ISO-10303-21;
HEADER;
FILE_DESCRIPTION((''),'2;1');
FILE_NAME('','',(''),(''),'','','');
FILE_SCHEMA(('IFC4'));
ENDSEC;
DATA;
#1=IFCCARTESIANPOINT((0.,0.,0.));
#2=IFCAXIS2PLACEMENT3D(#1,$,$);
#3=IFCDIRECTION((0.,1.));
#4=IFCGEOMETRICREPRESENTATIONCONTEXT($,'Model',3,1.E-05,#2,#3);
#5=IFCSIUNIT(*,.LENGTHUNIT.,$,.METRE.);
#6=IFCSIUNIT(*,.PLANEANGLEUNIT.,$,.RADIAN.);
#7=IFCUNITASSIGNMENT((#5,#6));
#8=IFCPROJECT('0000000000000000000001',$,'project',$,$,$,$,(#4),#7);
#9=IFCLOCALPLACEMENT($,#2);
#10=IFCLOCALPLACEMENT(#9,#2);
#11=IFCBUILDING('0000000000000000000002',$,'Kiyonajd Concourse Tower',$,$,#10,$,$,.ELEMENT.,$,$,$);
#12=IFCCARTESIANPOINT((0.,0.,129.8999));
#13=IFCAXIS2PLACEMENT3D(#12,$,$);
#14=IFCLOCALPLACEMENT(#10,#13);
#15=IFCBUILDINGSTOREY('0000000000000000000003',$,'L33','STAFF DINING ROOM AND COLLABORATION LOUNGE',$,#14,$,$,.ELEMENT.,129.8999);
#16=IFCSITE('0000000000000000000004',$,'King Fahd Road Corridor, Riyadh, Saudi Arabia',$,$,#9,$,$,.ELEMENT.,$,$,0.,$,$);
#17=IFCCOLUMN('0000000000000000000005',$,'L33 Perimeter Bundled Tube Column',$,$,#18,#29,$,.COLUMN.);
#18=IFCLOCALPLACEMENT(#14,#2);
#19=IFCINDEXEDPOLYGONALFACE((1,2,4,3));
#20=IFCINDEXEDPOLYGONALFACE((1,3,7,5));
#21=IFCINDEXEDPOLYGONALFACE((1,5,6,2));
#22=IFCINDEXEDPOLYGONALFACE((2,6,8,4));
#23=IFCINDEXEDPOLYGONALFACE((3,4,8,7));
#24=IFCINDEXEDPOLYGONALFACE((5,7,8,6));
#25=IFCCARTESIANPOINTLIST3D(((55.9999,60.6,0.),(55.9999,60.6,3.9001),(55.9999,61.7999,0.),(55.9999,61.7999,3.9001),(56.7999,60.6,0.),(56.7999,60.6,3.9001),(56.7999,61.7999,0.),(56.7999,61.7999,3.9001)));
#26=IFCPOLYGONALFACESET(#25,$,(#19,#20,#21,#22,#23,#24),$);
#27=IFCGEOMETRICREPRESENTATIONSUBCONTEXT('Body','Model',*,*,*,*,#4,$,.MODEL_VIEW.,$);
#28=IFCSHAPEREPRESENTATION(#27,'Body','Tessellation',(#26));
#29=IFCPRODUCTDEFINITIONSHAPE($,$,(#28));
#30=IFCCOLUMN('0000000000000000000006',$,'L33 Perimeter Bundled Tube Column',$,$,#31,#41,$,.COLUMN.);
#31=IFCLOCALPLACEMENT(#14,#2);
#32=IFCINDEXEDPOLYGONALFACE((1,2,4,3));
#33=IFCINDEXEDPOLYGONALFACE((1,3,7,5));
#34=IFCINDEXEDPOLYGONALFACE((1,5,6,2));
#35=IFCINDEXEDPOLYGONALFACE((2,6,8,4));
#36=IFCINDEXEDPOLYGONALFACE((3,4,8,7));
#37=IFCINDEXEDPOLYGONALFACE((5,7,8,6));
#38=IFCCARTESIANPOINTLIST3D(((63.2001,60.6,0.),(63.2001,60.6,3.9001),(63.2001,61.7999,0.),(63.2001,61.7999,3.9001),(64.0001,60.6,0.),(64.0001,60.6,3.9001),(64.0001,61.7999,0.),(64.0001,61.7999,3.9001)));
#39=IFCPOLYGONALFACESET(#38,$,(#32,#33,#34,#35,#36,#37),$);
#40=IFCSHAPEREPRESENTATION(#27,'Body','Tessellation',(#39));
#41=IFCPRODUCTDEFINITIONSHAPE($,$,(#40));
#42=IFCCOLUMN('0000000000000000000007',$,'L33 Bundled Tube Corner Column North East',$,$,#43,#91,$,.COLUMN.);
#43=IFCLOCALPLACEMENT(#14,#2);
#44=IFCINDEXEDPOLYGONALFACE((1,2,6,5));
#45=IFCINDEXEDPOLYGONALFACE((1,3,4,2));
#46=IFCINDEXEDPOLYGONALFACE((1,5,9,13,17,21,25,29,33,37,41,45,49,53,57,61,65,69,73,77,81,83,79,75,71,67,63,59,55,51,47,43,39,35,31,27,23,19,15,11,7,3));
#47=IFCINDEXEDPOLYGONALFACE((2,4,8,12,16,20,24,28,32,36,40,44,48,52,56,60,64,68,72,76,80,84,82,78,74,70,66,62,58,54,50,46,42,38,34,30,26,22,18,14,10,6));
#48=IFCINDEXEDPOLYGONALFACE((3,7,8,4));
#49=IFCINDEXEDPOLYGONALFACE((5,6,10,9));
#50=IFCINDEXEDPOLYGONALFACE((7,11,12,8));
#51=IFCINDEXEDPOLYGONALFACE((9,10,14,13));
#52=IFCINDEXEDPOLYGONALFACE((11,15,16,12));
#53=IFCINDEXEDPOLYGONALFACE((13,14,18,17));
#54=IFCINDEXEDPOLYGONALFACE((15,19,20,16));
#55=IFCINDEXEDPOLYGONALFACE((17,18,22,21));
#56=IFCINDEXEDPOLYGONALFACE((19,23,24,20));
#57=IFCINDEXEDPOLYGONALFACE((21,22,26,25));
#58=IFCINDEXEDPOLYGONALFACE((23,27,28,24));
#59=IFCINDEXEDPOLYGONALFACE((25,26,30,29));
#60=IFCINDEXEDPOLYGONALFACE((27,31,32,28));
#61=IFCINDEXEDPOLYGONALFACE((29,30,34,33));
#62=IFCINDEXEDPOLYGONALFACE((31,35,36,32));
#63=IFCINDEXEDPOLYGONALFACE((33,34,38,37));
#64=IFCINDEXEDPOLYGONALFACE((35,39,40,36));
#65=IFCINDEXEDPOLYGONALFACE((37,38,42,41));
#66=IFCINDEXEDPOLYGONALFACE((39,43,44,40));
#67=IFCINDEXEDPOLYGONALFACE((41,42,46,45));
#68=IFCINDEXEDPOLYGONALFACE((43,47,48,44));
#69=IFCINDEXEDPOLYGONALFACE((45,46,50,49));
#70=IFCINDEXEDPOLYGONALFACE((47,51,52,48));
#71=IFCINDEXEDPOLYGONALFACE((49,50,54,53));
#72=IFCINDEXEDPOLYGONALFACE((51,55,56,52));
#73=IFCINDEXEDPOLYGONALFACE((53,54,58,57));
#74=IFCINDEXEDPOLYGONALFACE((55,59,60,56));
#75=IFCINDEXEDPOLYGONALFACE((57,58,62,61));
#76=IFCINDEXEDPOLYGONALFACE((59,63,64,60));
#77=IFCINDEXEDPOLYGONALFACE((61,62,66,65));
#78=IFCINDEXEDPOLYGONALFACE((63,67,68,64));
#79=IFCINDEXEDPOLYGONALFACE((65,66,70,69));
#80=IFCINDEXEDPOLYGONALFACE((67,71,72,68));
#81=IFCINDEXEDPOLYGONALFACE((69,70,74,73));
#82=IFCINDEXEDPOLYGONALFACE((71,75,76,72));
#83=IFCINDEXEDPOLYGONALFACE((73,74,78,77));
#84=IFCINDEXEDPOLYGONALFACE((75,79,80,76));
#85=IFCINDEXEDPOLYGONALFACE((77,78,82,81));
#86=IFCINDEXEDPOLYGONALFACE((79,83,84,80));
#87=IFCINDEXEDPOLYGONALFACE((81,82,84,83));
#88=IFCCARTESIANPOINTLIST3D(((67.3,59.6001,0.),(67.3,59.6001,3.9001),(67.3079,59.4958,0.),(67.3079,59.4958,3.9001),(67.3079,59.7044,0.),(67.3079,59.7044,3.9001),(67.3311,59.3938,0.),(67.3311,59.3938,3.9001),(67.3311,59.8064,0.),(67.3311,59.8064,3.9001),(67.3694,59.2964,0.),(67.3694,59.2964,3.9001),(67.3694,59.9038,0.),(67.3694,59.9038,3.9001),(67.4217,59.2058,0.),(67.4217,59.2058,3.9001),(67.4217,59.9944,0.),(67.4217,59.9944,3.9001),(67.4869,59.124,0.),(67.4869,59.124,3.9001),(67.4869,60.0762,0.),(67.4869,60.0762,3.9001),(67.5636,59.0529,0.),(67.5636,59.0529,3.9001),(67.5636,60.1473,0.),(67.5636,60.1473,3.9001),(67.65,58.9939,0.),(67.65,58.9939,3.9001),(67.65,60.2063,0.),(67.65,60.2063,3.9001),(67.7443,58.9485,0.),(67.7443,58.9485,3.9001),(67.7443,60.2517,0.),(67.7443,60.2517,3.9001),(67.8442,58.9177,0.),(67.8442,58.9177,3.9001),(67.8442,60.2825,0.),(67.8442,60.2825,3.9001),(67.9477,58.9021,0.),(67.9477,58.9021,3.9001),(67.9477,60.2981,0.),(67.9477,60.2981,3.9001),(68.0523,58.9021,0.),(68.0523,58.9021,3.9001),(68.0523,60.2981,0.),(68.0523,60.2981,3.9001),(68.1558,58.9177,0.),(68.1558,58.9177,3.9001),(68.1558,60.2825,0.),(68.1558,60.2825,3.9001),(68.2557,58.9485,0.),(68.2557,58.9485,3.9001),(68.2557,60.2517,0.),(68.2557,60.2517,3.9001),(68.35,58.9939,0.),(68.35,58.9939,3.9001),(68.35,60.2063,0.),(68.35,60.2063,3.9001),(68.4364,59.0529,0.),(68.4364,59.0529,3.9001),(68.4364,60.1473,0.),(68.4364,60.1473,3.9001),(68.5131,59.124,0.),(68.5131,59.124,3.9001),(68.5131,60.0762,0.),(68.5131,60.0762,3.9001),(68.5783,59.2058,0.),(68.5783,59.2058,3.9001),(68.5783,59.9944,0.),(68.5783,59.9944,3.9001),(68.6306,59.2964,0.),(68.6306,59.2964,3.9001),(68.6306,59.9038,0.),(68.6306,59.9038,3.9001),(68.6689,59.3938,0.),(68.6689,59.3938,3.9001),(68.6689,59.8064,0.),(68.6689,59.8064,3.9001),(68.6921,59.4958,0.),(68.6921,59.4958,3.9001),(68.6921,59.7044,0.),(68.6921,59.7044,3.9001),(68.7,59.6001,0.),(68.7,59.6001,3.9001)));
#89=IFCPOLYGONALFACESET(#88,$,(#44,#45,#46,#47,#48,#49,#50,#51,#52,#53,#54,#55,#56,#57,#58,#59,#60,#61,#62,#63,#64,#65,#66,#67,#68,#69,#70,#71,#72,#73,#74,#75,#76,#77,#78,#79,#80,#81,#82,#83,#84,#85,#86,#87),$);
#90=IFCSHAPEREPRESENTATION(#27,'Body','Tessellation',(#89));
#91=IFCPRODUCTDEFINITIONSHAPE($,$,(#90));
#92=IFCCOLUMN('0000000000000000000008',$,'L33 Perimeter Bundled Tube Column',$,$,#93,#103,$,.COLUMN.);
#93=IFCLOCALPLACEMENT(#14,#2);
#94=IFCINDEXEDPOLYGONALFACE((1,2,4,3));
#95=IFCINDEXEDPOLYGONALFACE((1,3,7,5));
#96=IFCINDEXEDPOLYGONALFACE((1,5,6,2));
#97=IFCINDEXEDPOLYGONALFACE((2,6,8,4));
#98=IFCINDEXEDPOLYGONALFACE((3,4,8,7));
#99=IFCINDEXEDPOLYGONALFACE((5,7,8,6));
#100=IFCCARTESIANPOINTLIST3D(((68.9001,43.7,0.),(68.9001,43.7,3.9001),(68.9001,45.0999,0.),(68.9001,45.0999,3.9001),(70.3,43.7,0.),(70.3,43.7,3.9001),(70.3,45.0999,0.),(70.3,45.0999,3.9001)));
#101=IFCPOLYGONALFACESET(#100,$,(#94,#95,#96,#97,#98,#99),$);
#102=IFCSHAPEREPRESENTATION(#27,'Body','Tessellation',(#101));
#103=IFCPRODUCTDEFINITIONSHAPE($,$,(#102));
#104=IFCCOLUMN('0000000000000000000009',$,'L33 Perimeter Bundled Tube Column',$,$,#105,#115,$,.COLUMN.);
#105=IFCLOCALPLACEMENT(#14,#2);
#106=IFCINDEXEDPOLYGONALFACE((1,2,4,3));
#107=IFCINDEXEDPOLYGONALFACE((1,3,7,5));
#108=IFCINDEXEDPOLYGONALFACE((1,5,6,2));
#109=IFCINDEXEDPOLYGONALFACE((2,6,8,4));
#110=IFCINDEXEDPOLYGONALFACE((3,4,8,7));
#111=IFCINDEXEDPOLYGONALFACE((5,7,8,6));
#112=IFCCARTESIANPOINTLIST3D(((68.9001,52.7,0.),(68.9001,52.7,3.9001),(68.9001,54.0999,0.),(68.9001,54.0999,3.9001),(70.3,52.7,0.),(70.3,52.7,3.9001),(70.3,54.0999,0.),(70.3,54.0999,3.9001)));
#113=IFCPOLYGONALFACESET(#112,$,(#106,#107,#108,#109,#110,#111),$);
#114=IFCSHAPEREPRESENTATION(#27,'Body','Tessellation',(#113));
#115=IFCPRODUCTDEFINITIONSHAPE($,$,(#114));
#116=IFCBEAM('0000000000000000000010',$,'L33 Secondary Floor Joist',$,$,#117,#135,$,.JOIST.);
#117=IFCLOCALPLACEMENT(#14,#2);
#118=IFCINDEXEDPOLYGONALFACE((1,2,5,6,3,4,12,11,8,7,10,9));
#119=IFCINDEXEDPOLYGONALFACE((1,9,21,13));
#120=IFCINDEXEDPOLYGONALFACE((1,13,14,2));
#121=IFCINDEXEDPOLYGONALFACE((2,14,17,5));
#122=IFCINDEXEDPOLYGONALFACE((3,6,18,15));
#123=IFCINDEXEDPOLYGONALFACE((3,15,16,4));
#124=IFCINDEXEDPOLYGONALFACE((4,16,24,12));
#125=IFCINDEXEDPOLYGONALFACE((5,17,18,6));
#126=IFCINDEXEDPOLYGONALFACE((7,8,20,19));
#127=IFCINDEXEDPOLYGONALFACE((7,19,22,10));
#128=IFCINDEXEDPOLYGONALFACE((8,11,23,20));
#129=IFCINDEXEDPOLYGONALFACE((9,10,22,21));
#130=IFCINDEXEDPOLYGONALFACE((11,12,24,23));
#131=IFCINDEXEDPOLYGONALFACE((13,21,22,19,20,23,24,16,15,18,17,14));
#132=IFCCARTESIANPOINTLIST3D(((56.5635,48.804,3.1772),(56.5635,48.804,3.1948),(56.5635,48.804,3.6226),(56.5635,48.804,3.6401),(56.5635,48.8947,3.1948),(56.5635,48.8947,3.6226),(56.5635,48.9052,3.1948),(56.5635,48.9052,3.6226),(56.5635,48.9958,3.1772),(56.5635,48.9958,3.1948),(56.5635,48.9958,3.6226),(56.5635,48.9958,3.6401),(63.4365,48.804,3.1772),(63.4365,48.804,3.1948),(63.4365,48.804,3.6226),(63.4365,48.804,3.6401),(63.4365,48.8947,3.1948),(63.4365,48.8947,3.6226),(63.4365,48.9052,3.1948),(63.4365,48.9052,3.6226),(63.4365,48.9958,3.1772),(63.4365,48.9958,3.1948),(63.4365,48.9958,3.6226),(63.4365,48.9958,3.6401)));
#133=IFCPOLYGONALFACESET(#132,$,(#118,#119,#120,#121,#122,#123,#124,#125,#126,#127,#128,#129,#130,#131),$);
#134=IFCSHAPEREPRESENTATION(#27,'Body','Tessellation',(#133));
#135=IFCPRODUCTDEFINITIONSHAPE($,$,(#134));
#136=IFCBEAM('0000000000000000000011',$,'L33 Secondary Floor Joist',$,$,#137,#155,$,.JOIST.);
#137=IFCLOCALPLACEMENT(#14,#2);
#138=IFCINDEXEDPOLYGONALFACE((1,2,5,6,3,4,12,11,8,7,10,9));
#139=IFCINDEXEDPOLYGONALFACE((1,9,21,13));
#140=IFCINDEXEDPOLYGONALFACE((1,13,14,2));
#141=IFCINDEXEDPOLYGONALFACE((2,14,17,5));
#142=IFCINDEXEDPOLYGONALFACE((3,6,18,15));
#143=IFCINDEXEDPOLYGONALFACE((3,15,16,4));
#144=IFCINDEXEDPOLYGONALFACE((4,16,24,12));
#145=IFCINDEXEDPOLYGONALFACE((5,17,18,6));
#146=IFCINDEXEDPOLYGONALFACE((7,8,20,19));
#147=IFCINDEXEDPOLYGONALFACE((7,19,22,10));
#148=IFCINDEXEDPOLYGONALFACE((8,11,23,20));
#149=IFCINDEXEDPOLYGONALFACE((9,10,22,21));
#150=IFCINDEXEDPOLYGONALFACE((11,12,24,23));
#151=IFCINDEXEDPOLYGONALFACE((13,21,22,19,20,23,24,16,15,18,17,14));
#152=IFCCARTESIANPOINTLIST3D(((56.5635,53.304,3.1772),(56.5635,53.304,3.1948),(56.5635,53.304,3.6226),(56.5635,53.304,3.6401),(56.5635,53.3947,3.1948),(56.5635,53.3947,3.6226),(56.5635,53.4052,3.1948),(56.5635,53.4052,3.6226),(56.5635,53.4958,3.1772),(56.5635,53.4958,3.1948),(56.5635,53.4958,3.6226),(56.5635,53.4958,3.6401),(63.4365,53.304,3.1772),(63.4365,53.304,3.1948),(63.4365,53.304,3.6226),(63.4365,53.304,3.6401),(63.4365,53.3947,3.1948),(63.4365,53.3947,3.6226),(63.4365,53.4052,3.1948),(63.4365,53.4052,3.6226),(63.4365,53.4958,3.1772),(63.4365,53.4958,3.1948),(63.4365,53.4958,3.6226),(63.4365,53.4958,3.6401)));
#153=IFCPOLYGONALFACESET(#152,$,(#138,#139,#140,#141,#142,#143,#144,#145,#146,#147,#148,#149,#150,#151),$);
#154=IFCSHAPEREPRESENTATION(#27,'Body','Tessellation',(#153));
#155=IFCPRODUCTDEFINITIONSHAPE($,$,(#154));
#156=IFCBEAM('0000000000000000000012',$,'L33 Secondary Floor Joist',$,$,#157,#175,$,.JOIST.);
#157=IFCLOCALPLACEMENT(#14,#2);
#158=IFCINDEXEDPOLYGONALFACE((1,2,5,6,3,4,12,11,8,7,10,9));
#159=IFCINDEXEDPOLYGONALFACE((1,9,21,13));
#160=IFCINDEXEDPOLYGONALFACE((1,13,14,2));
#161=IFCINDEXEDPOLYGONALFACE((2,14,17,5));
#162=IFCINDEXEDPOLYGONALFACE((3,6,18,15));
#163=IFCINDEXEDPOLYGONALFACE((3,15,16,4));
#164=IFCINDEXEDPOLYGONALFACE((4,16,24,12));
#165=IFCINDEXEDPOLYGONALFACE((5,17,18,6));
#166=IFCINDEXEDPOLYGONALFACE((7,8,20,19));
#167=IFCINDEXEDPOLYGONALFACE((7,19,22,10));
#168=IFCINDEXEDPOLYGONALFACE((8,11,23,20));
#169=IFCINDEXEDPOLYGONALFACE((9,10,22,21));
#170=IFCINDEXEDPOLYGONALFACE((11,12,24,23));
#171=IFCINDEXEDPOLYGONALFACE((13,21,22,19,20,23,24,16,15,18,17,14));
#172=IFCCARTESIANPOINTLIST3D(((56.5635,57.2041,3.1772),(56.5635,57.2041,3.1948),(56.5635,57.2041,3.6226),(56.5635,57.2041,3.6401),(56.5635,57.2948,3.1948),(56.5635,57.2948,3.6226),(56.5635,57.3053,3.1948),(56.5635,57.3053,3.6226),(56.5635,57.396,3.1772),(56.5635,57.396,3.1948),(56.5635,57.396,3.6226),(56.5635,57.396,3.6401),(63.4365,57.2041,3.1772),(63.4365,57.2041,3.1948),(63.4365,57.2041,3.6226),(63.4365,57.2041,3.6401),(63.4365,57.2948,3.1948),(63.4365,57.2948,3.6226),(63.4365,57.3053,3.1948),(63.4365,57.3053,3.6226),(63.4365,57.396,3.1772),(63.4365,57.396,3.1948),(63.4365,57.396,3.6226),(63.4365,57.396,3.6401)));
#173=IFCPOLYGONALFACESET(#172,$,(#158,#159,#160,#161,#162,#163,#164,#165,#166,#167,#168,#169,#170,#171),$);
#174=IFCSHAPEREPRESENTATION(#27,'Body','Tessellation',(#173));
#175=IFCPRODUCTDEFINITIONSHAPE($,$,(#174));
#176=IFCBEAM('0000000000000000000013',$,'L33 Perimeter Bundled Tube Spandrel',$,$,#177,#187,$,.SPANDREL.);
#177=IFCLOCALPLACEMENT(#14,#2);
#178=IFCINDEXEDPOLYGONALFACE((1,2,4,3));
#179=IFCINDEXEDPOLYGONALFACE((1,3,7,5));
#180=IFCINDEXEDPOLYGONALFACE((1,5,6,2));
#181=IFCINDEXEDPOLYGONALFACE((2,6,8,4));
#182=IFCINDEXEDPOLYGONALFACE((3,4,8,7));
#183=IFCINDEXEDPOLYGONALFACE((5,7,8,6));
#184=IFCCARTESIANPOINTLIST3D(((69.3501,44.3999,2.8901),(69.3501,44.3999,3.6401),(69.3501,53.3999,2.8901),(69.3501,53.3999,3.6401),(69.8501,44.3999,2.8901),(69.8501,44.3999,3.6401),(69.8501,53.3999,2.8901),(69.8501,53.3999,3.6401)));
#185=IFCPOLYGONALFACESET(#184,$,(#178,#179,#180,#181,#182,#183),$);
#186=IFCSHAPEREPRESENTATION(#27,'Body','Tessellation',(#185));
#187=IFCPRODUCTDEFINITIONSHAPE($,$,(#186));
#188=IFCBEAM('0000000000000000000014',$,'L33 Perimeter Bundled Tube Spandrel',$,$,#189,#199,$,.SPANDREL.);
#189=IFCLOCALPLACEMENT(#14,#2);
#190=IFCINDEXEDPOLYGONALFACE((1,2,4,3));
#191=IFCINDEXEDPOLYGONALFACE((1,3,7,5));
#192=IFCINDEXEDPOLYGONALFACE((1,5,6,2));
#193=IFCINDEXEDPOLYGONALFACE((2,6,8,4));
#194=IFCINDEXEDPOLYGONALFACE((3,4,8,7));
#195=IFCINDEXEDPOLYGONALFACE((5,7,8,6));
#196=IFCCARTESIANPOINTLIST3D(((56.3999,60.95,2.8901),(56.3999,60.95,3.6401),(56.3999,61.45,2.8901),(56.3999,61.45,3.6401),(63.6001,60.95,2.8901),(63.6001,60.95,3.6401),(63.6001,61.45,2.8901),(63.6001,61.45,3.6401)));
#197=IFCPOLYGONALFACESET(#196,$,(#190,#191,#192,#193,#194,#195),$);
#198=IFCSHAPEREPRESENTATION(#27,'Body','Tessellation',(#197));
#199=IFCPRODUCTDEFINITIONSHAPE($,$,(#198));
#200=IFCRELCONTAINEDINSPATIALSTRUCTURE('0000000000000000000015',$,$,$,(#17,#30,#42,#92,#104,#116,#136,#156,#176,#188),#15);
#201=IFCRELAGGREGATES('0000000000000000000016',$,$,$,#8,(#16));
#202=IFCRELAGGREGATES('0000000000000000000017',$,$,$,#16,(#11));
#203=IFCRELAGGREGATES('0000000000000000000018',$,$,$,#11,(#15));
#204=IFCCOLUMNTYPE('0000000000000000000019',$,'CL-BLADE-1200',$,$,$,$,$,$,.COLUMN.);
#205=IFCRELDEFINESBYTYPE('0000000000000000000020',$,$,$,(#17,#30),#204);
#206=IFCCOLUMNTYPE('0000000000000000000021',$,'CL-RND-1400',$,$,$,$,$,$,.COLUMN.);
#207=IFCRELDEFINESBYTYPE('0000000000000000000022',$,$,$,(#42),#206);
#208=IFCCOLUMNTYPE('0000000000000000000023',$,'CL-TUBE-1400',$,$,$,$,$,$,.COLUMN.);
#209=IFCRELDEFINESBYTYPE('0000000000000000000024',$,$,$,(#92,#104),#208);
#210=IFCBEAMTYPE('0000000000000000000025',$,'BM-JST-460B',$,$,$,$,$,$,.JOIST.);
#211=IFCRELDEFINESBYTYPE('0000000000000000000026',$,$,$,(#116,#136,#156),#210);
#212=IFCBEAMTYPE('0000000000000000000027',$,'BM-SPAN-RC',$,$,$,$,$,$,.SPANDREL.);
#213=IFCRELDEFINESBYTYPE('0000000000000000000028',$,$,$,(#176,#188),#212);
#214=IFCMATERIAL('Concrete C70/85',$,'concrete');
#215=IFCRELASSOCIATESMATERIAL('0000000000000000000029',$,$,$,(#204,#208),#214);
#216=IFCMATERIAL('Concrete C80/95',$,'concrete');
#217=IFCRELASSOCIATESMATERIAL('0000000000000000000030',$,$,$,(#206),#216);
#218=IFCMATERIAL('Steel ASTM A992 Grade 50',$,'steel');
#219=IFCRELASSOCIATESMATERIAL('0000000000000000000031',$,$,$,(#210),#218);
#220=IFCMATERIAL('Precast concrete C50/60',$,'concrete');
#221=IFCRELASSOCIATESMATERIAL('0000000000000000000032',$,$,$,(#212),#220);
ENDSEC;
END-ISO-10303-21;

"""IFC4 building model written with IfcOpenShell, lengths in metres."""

from ifc_helpers import new_model, si_unit, direction, frame, origin, origin_2d, place, context, subcontext, project, spatial, rectangle, circle, i_section, extrude, material, material_profile, profile_set, type_object, element, save


model = new_model("IFC4")

# Units and contexts
model_context = context("Model", 3, precision=1e-05, world=origin(), true_north=direction((0.0, 1.0)))
body_context = subcontext(model_context, "Body", "Model", "MODEL_VIEW")
ifc_project = project(units=[si_unit("LENGTHUNIT", "METRE"), si_unit("PLANEANGLEUNIT", "RADIAN")], contexts=[model_context])

# Site, building, storey
site_placement = place(None, origin())
site = spatial("IfcSite", under=ifc_project, at=site_placement, Name="King Fahd Road Corridor, Riyadh, Saudi Arabia", CompositionType="ELEMENT", RefElevation=0.0)
building_placement = place(site_placement, origin())
building = spatial("IfcBuilding", under=site, at=building_placement, Name="Kiyonajd Concourse Tower", CompositionType="ELEMENT")
storey_placement = place(building_placement, frame((0.0, 0.0, 129.8999)))
storey = spatial("IfcBuildingStorey", under=building, at=storey_placement, Name="L33", Description="STAFF DINING ROOM AND COLLABORATION LOUNGE", CompositionType="ELEMENT", Elevation=129.8999)

# Columns
ifc_material_1 = material(Name="Concrete C70/85", Category="concrete")
ifc_material_profile_1 = material_profile(ifc_material_1, rectangle(XDim=0.8, YDim=1.2, at=origin_2d()), Name="RC-1200x800")
ifc_profile_set_1 = profile_set([ifc_material_profile_1], Name="Concrete C70/85")
column_type_1 = type_object("IfcColumnType", Name="CL-BLADE-1200", PredefinedType="COLUMN", material=ifc_profile_set_1)
for number, where, z_axis, x_axis, name in (
    (1, (56.3999, 61.2, 0.0), (0.0, 0.0, 1.0), (1.0, 0.0, 0.0), "L33 Perimeter Bundled Tube Column"),
    (2, (63.6001, 61.2, 0.0), (0.0, 0.0, 1.0), (1.0, 0.0, 0.0), "L33 Perimeter Bundled Tube Column"),
):
    element("IfcColumn", number, at=place(storey_placement, frame(where, z_axis=z_axis, x_axis=x_axis)), inside=storey, type_object=column_type_1, Name=name, PredefinedType="COLUMN", context=body_context, shape_type="SweptSolid", body=[
        extrude(rectangle(XDim=0.8, YDim=1.2, at=origin_2d()), origin(), (0.0, 0.0, 1.0), 3.9001),
    ])
ifc_material_2 = material(Name="Concrete C80/95", Category="concrete")
ifc_material_profile_2 = material_profile(ifc_material_2, circle(Radius=0.7, at=origin_2d()), Name="RCC-D1400")
ifc_profile_set_2 = profile_set([ifc_material_profile_2], Name="Concrete C80/95")
column_type_2 = type_object("IfcColumnType", Name="CL-RND-1400", PredefinedType="COLUMN", material=ifc_profile_set_2)
column_placement = place(storey_placement, frame((68.0, 59.6001, 0.0), z_axis=(0.0, 0.0, 1.0), x_axis=(1.0, 0.0, 0.0)))
element("IfcColumn", 3, at=column_placement, inside=storey, type_object=column_type_2, Name="L33 Bundled Tube Corner Column North East", PredefinedType="COLUMN", context=body_context, shape_type="SweptSolid", body=[
    extrude(circle(Radius=0.7, at=origin_2d()), origin(), (0.0, 0.0, 1.0), 3.9001),
])
ifc_material_profile_3 = material_profile(ifc_material_1, rectangle(XDim=1.3999, YDim=1.3999, at=origin_2d()), Name="RC-1400x1400")
ifc_profile_set_3 = profile_set([ifc_material_profile_3], Name="Concrete C70/85")
column_type_3 = type_object("IfcColumnType", Name="CL-TUBE-1400", PredefinedType="COLUMN", material=ifc_profile_set_3)
for number, where, z_axis, x_axis, name in (
    (4, (69.6001, 44.3999, 0.0), (0.0, 0.0, 1.0), (1.0, 0.0, 0.0), "L33 Perimeter Bundled Tube Column"),
    (5, (69.6001, 53.3999, 0.0), (0.0, 0.0, 1.0), (1.0, 0.0, 0.0), "L33 Perimeter Bundled Tube Column"),
):
    element("IfcColumn", number, at=place(storey_placement, frame(where, z_axis=z_axis, x_axis=x_axis)), inside=storey, type_object=column_type_3, Name=name, PredefinedType="COLUMN", context=body_context, shape_type="SweptSolid", body=[
        extrude(rectangle(XDim=1.3999, YDim=1.3999, at=origin_2d()), origin(), (0.0, 0.0, 1.0), 3.9001),
    ])

# Beams
ifc_material_3 = material(Name="Steel ASTM A992 Grade 50", Category="steel")
ifc_material_profile_4 = material_profile(ifc_material_3, i_section(OverallWidth=0.1919, OverallDepth=0.4629, WebThickness=0.0105, FlangeThickness=0.0176, at=origin_2d()), Name="W460X89")
ifc_profile_set_4 = profile_set([ifc_material_profile_4], Name="Steel ASTM A992 Grade 50")
beam_type_1 = type_object("IfcBeamType", Name="BM-JST-460B", PredefinedType="JOIST", material=ifc_profile_set_4)
for number, where, z_axis, x_axis, name in (
    (6, (56.5635, 48.8999, 3.4087), (1.0, 0.0, 0.0), (0.0, 1.0, 0.0), "L33 Secondary Floor Joist"),
    (7, (56.5635, 53.3999, 3.4087), (1.0, 0.0, 0.0), (0.0, 1.0, 0.0), "L33 Secondary Floor Joist"),
    (8, (56.5635, 57.3, 3.4087), (1.0, 0.0, 0.0), (0.0, 1.0, 0.0), "L33 Secondary Floor Joist"),
):
    element("IfcBeam", number, at=place(storey_placement, frame(where, z_axis=z_axis, x_axis=x_axis)), inside=storey, type_object=beam_type_1, Name=name, PredefinedType="JOIST", context=body_context, shape_type="SweptSolid", body=[
        extrude(i_section(OverallWidth=0.1919, OverallDepth=0.4629, WebThickness=0.0105, FlangeThickness=0.0176, at=origin_2d()), origin(), (0.0, 0.0, 1.0), 6.873),
    ])
ifc_material_4 = material(Name="Precast concrete C50/60", Category="concrete")
ifc_material_profile_5 = material_profile(ifc_material_4, rectangle(XDim=0.5, YDim=0.75, at=origin_2d()), Name="RCBM-500x750")
ifc_profile_set_5 = profile_set([ifc_material_profile_5], Name="Precast concrete C50/60")
beam_type_2 = type_object("IfcBeamType", Name="BM-SPAN-RC", PredefinedType="SPANDREL", material=ifc_profile_set_5)
beam_1_placement = place(storey_placement, frame((69.6001, 44.3999, 3.2651), z_axis=(0.0, 1.0, 0.0), x_axis=(-1.0, 0.0, 0.0)))
element("IfcBeam", 9, at=beam_1_placement, inside=storey, type_object=beam_type_2, Name="L33 Perimeter Bundled Tube Spandrel", PredefinedType="SPANDREL", context=body_context, shape_type="SweptSolid", body=[
    extrude(rectangle(XDim=0.5, YDim=0.75, at=origin_2d()), origin(), (0.0, 0.0, 1.0), 9.0),
])
beam_2_placement = place(storey_placement, frame((63.6001, 61.2, 3.2651), z_axis=(-1.0, 0.0, 0.0), x_axis=(0.0, -1.0, 0.0)))
element("IfcBeam", 10, at=beam_2_placement, inside=storey, type_object=beam_type_2, Name="L33 Perimeter Bundled Tube Spandrel", PredefinedType="SPANDREL", context=body_context, shape_type="SweptSolid", body=[
    extrude(rectangle(XDim=0.5, YDim=0.75, at=origin_2d()), origin(), (0.0, 0.0, 1.0), 7.2002),
])

save(model, "model.ifc")
